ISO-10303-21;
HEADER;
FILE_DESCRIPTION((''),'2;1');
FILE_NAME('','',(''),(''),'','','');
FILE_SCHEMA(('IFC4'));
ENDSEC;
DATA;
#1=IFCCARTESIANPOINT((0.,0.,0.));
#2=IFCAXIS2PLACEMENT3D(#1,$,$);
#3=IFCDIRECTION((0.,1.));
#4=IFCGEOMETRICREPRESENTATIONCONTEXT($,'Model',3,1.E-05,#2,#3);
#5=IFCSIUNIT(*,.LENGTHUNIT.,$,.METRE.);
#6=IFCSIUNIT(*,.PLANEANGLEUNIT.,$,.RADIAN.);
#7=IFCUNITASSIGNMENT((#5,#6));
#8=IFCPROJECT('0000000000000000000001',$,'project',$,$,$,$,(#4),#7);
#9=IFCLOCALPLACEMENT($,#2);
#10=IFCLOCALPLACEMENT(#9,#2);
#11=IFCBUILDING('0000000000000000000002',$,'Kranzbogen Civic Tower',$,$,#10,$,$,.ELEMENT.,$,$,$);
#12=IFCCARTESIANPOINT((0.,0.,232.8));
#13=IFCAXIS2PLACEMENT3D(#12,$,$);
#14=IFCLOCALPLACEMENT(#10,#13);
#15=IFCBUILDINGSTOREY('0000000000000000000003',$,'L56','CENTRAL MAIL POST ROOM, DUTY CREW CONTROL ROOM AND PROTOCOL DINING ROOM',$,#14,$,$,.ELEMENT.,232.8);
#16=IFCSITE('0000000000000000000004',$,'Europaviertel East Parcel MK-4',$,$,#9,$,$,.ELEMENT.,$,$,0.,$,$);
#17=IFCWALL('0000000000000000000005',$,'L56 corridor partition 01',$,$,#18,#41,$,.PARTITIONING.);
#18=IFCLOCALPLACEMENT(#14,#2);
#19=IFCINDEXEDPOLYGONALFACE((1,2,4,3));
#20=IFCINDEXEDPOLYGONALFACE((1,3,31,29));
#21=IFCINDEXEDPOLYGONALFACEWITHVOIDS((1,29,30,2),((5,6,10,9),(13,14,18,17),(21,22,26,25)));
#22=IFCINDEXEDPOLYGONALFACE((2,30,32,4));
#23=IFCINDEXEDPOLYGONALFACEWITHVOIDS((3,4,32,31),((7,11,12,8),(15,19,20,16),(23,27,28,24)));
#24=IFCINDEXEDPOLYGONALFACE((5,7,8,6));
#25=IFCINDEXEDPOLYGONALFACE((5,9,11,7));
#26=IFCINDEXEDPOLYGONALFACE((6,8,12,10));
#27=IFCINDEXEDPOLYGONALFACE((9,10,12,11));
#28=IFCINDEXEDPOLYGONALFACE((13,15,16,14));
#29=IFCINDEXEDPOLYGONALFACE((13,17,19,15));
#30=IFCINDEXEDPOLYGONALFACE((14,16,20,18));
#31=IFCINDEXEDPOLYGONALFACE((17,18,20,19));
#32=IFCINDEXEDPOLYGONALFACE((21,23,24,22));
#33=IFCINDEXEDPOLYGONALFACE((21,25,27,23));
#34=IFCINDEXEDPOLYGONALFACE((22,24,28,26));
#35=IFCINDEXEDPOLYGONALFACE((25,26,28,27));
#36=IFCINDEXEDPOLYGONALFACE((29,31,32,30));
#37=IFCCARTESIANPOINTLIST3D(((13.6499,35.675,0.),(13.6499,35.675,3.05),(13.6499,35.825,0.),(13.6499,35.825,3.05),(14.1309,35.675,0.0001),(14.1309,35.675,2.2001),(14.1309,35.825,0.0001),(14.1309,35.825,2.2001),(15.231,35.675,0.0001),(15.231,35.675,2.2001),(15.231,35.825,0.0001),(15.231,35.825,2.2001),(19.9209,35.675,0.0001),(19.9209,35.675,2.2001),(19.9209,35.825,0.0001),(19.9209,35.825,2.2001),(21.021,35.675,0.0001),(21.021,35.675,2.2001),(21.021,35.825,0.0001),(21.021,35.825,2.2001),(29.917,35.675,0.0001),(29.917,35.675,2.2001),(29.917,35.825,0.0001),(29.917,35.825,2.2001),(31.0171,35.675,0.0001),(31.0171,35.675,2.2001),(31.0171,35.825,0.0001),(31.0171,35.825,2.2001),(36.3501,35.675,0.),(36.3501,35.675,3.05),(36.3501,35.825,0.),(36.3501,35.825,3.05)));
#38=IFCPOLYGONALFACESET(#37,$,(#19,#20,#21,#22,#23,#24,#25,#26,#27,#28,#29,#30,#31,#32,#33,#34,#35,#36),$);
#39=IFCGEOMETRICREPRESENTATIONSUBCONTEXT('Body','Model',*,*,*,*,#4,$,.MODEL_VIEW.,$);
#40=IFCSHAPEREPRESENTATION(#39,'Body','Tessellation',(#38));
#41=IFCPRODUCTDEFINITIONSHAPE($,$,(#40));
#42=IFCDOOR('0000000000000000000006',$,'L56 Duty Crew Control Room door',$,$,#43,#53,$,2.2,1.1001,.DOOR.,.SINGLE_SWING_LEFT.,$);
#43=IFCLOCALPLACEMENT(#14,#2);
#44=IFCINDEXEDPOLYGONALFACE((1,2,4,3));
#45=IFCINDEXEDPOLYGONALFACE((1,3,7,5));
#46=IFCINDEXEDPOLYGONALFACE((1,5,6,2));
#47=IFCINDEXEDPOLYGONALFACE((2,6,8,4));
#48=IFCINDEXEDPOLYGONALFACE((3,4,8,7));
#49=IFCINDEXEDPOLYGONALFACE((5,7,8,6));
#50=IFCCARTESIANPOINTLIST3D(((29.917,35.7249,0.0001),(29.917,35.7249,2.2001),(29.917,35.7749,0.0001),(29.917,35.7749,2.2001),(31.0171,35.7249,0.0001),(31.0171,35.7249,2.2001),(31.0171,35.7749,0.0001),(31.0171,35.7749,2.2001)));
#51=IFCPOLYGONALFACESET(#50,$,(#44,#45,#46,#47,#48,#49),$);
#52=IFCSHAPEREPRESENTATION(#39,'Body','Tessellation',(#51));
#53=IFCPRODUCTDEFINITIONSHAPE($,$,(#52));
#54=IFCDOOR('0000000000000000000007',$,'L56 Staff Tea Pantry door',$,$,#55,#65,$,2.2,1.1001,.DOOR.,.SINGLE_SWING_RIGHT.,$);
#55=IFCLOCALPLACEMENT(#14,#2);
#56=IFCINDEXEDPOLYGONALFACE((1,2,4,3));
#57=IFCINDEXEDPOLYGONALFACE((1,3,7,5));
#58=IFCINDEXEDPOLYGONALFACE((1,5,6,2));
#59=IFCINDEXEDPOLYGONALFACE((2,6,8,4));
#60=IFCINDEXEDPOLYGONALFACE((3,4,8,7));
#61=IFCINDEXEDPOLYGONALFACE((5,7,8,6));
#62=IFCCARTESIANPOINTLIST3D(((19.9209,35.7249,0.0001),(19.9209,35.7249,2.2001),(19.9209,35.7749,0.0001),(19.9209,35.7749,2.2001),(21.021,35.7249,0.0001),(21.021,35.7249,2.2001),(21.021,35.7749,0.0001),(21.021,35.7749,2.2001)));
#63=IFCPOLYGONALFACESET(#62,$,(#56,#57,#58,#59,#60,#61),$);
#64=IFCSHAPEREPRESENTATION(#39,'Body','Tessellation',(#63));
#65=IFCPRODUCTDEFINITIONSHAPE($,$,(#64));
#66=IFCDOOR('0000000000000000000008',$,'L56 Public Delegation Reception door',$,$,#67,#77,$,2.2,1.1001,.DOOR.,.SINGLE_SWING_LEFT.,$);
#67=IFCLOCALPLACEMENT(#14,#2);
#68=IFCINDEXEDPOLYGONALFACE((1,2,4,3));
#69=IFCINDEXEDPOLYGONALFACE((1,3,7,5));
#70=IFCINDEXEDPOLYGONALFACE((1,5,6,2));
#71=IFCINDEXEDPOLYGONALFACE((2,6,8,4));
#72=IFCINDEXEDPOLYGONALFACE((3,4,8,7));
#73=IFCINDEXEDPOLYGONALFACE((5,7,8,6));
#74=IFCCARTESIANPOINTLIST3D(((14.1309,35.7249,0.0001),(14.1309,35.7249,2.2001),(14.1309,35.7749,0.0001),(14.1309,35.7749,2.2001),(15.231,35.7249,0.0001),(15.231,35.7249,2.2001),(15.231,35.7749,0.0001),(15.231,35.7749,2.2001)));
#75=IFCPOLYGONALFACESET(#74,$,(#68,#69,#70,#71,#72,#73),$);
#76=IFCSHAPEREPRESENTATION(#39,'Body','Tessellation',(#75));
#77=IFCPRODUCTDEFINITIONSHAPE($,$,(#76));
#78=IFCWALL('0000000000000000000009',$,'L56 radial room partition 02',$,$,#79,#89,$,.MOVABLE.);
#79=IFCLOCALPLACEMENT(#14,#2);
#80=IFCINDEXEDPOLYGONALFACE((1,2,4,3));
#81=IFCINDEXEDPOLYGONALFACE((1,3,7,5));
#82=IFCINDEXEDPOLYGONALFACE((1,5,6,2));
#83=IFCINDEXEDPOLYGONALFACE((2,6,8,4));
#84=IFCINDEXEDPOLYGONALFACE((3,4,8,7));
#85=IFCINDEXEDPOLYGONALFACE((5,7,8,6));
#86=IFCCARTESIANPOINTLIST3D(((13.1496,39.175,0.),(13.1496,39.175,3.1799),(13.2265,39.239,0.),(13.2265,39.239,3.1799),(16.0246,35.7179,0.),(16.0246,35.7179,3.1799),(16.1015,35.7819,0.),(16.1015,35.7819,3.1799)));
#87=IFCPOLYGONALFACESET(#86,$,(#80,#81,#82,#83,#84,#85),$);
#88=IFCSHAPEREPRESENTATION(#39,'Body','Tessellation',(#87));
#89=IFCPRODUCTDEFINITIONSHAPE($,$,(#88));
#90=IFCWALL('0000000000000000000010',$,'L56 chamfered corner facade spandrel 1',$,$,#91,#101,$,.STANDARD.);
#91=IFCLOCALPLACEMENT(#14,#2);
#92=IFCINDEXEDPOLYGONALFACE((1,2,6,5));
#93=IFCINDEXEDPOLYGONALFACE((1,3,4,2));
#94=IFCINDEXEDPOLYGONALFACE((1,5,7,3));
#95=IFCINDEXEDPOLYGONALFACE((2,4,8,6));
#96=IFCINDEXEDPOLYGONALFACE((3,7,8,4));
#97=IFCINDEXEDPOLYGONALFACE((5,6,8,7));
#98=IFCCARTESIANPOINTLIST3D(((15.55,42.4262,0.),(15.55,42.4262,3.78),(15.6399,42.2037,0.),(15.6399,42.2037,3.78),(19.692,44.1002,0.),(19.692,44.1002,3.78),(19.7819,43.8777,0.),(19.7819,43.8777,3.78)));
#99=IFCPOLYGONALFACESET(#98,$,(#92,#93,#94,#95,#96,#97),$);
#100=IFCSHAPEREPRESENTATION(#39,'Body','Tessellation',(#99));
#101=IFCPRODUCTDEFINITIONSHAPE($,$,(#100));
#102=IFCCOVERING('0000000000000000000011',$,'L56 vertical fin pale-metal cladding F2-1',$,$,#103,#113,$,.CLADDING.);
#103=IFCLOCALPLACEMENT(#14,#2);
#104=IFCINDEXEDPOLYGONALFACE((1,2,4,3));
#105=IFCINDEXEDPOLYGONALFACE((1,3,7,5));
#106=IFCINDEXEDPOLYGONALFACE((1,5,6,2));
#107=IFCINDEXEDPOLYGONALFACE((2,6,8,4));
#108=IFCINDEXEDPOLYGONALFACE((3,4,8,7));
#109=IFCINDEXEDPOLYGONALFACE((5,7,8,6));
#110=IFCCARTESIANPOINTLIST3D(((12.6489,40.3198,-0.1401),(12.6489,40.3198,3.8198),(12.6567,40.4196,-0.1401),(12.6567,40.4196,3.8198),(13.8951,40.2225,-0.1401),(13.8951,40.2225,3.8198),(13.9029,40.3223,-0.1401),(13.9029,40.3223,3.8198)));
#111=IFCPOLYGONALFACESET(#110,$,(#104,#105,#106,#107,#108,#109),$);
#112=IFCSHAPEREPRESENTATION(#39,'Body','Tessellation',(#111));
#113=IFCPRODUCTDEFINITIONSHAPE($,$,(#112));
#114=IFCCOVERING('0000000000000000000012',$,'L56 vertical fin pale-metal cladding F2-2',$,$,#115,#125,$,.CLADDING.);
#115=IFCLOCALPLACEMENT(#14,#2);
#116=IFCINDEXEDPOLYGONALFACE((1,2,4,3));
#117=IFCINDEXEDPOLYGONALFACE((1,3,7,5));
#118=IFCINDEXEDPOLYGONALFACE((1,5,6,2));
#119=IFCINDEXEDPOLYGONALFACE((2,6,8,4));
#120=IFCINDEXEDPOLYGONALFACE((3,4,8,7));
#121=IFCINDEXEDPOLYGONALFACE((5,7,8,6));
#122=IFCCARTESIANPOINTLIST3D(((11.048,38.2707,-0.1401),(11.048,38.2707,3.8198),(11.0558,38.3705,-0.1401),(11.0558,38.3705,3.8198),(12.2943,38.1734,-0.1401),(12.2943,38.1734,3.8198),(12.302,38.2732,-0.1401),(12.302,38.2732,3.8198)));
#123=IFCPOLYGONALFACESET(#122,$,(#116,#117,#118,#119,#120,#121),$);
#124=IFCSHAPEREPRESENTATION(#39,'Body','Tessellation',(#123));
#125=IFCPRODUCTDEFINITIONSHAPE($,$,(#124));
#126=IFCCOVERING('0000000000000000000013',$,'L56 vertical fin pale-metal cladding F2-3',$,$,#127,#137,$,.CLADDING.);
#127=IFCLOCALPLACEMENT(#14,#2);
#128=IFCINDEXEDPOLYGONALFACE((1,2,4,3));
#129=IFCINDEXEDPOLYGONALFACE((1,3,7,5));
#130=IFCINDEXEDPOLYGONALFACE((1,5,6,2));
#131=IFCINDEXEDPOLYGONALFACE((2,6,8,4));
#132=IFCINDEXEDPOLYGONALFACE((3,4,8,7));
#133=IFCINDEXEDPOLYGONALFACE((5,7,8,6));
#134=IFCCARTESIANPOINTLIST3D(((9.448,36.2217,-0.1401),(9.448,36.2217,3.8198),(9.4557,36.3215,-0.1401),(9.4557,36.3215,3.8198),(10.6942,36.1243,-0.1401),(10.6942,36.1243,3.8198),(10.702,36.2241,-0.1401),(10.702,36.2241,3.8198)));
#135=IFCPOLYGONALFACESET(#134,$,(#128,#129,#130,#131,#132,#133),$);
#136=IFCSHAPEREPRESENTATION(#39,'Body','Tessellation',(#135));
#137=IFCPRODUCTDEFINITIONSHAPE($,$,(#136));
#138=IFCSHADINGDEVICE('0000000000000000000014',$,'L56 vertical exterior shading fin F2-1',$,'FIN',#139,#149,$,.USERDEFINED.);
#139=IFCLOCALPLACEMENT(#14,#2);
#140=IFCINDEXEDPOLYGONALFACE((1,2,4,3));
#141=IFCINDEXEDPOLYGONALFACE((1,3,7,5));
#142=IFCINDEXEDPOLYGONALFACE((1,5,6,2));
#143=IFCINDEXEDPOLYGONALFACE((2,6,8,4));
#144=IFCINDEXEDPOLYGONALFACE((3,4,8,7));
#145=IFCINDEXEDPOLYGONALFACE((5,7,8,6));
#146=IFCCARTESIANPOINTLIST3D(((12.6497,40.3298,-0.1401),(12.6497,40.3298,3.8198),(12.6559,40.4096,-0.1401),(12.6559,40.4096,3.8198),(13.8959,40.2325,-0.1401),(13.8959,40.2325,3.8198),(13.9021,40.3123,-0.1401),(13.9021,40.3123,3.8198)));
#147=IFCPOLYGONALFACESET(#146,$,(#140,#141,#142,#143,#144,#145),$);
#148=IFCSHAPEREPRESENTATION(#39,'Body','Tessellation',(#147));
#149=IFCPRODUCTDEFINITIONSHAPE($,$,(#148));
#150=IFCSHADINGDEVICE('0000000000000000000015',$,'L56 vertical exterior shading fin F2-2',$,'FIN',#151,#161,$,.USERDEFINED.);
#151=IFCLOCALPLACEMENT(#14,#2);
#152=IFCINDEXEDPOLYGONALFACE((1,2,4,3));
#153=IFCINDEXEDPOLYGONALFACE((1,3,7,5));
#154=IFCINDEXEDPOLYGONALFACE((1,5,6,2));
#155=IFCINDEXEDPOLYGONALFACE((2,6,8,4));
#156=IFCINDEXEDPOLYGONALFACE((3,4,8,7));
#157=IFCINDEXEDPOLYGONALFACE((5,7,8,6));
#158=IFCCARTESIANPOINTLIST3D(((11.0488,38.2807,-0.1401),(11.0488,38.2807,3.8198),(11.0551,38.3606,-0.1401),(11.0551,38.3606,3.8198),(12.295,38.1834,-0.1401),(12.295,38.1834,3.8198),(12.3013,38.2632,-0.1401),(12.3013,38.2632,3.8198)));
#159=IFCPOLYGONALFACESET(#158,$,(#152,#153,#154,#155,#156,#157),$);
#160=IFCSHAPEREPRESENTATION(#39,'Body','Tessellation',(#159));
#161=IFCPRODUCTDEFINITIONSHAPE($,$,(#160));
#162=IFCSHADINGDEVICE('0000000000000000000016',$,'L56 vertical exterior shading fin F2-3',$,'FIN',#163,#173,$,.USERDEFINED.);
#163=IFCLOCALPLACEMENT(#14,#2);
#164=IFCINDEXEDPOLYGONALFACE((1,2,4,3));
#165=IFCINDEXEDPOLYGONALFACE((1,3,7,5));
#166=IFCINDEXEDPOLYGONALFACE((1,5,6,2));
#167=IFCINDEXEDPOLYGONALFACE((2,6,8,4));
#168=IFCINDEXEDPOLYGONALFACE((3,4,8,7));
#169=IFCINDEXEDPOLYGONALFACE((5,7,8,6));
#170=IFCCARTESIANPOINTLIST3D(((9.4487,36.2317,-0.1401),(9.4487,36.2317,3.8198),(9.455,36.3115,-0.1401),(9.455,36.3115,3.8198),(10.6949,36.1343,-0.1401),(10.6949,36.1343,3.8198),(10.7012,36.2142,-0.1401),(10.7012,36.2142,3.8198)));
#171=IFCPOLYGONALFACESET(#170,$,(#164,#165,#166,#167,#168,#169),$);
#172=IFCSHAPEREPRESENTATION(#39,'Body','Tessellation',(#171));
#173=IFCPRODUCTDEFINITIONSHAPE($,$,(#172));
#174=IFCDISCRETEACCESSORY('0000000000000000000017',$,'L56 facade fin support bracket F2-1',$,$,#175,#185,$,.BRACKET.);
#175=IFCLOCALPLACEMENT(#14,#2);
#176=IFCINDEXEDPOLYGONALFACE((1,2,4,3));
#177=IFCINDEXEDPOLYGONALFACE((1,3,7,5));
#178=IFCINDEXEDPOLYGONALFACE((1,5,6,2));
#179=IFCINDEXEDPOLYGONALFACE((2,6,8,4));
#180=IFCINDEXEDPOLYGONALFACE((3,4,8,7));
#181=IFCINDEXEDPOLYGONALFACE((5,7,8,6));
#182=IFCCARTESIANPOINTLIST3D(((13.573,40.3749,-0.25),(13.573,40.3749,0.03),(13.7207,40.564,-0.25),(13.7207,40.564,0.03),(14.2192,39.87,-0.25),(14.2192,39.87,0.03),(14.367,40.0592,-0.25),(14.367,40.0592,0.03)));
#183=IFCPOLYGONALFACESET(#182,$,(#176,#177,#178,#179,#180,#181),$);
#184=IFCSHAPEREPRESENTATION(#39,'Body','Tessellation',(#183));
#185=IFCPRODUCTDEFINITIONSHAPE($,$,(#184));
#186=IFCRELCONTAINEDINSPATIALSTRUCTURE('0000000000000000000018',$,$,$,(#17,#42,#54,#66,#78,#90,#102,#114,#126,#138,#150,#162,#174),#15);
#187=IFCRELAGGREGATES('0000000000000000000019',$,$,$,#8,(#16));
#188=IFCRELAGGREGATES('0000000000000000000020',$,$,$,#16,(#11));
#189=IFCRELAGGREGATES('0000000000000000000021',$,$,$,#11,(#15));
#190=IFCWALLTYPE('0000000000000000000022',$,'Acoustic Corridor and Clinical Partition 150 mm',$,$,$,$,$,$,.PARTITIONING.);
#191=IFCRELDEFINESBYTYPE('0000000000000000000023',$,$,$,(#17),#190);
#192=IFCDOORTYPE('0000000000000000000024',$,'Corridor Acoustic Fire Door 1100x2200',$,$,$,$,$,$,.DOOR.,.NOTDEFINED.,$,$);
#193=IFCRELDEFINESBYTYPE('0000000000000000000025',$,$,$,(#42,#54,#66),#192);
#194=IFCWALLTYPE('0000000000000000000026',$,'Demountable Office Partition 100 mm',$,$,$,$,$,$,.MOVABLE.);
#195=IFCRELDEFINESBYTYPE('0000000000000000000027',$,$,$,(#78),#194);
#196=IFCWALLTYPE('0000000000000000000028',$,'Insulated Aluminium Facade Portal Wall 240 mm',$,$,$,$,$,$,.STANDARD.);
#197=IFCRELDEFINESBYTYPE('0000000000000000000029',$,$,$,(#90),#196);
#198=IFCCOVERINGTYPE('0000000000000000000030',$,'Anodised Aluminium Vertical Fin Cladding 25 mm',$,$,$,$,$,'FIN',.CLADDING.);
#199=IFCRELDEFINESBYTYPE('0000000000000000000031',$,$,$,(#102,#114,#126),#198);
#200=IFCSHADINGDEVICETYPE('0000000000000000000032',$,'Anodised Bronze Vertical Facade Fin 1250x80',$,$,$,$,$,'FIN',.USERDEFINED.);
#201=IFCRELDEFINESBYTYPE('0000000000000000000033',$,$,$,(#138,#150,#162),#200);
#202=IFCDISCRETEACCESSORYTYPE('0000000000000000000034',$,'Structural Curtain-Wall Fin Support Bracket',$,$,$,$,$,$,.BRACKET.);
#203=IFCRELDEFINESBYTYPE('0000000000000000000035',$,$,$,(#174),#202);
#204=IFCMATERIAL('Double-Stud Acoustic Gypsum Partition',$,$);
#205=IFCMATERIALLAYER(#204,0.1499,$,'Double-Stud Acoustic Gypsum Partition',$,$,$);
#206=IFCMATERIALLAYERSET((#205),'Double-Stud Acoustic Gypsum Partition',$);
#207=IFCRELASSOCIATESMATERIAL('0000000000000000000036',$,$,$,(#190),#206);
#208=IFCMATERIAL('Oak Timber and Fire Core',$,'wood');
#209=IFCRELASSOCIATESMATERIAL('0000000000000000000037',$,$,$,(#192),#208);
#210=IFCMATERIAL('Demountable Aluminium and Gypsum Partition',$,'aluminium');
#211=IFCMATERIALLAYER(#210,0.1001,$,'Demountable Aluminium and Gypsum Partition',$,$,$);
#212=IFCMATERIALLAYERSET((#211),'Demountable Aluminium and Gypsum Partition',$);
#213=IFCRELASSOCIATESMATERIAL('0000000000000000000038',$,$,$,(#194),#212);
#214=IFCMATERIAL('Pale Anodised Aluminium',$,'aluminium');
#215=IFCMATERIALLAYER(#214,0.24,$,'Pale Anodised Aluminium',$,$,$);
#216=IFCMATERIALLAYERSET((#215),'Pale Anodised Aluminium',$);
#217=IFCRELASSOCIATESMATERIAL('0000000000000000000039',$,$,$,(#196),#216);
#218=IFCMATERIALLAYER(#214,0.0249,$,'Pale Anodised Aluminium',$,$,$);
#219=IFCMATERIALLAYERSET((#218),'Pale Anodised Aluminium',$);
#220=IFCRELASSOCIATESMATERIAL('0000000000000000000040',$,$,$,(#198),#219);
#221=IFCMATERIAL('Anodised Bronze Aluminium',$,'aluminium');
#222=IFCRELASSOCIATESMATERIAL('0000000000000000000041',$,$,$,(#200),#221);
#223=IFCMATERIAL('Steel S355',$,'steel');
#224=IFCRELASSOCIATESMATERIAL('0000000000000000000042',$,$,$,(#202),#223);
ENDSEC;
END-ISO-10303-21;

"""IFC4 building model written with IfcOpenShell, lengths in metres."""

from ifc_helpers import new_model, si_unit, direction, frame, frame_2d, origin, origin_2d, place, context, subcontext, project, spatial, rectangle, extrude, material, layer, layer_set, type_object, element, fill, save


model = new_model("IFC4")

# Units and contexts
model_context = context("Model", 3, precision=1e-05, world=origin(), true_north=direction((0.0, 1.0)))
body_context = subcontext(model_context, "Body", "Model", "MODEL_VIEW")
ifc_project = project(units=[si_unit("LENGTHUNIT", "METRE"), si_unit("PLANEANGLEUNIT", "RADIAN")], contexts=[model_context])

# Site, building, storey
site_placement = place(None, origin())
site = spatial("IfcSite", under=ifc_project, at=site_placement, Name="Europaviertel East Parcel MK-4", CompositionType="ELEMENT", RefElevation=0.0)
building_placement = place(site_placement, origin())
building = spatial("IfcBuilding", under=site, at=building_placement, Name="Kranzbogen Civic Tower", CompositionType="ELEMENT")
storey_placement = place(building_placement, frame((0.0, 0.0, 232.8)))
storey = spatial("IfcBuildingStorey", under=building, at=storey_placement, Name="L56", Description="CENTRAL MAIL POST ROOM, DUTY CREW CONTROL ROOM AND PROTOCOL DINING ROOM", CompositionType="ELEMENT", Elevation=232.8)

# Shared definitions
ifc_material_1 = material(Name="Steel S355", Category="steel")

# Shared definitions
ifc_material_2 = material(Name="Pale Anodised Aluminium", Category="aluminium")

# Wall, openings, doors
ifc_material_3 = material(Name="Double-Stud Acoustic Gypsum Partition")
ifc_layer_1 = layer(ifc_material_3, 0.1499, Name="Double-Stud Acoustic Gypsum Partition")
ifc_layer_set_1 = layer_set([ifc_layer_1], Name="Double-Stud Acoustic Gypsum Partition")
wall_type_1 = type_object("IfcWallType", Name="Acoustic Corridor and Clinical Partition 150 mm", PredefinedType="PARTITIONING", material=ifc_layer_set_1)
wall_1_placement = place(storey_placement, frame((13.6499, 35.75, 0.0), z_axis=(0.0, 0.0, 1.0), x_axis=(1.0, 0.0, 0.0)))
wall_1 = element("IfcWall", 1, at=wall_1_placement, inside=storey, type_object=wall_type_1, Name="L56 corridor partition 01", PredefinedType="PARTITIONING", context=body_context, shape_type="SweptSolid", body=[
    extrude(rectangle(XDim=22.7002, YDim=0.1499, at=frame_2d((11.3501, 0.0))), origin(), (0.0, 0.0, 1.0), 3.05),
])
opening_1_placement = place(wall_1_placement, frame((16.2671, 0.0, 0.0)))
opening_1 = element("IfcOpeningElement", 2, at=opening_1_placement, cuts=wall_1, PredefinedType="OPENING", context=body_context, shape_type="SweptSolid", body=[
    extrude(rectangle(XDim=1.1001, YDim=2.2, at=frame_2d((0.55, 1.1001))), frame((0.0, 0.085, 0.0), z_axis=(0.0, -1.0, 0.0), x_axis=(1.0, 0.0, 0.0)), (0.0, 0.0, 1.0), 0.1699),
])
opening_2_placement = place(wall_1_placement, frame((6.271, 0.0, 0.0)))
opening_2 = element("IfcOpeningElement", 3, at=opening_2_placement, cuts=wall_1, PredefinedType="OPENING", context=body_context, shape_type="SweptSolid", body=[
    extrude(rectangle(XDim=1.1001, YDim=2.2, at=frame_2d((0.55, 1.1001))), frame((0.0, 0.085, 0.0), z_axis=(0.0, -1.0, 0.0), x_axis=(1.0, 0.0, 0.0)), (0.0, 0.0, 1.0), 0.1699),
])
opening_3_placement = place(wall_1_placement, frame((0.481, 0.0, 0.0)))
opening_3 = element("IfcOpeningElement", 4, at=opening_3_placement, cuts=wall_1, PredefinedType="OPENING", context=body_context, shape_type="SweptSolid", body=[
    extrude(rectangle(XDim=1.1001, YDim=2.2, at=frame_2d((0.55, 1.1001))), frame((0.0, 0.085, 0.0), z_axis=(0.0, -1.0, 0.0), x_axis=(1.0, 0.0, 0.0)), (0.0, 0.0, 1.0), 0.1699),
])
ifc_material_4 = material(Name="Oak Timber and Fire Core", Category="wood")
door_type = type_object("IfcDoorType", Name="Corridor Acoustic Fire Door 1100x2200", OperationType="NOTDEFINED", PredefinedType="DOOR", material=ifc_material_4)
door_1_placement = place(opening_1_placement, origin())
door_1 = element("IfcDoor", 5, at=door_1_placement, inside=storey, type_object=door_type, Name="L56 Duty Crew Control Room door", OperationType="SINGLE_SWING_LEFT", OverallHeight=2.2, OverallWidth=1.1001, PredefinedType="DOOR", context=body_context, shape_type="SweptSolid", body=[
    extrude(rectangle(XDim=1.1001, YDim=2.2, at=frame_2d((0.55, 1.1001))), frame((0.0, 0.0249, 0.0), z_axis=(0.0, -1.0, 0.0), x_axis=(1.0, 0.0, 0.0)), (0.0, 0.0, 1.0), 0.05),
])
fill(opening_1, door_1)
door_2_placement = place(opening_2_placement, origin())
door_2 = element("IfcDoor", 6, at=door_2_placement, inside=storey, type_object=door_type, Name="L56 Staff Tea Pantry door", OperationType="SINGLE_SWING_RIGHT", OverallHeight=2.2, OverallWidth=1.1001, PredefinedType="DOOR", context=body_context, shape_type="SweptSolid", body=[
    extrude(rectangle(XDim=1.1001, YDim=2.2, at=frame_2d((0.55, 1.1001))), frame((0.0, 0.0249, 0.0), z_axis=(0.0, -1.0, 0.0), x_axis=(1.0, 0.0, 0.0)), (0.0, 0.0, 1.0), 0.05),
])
fill(opening_2, door_2)
door_3_placement = place(opening_3_placement, origin())
door_3 = element("IfcDoor", 7, at=door_3_placement, inside=storey, type_object=door_type, Name="L56 Public Delegation Reception door", OperationType="SINGLE_SWING_LEFT", OverallHeight=2.2, OverallWidth=1.1001, PredefinedType="DOOR", context=body_context, shape_type="SweptSolid", body=[
    extrude(rectangle(XDim=1.1001, YDim=2.2, at=frame_2d((0.55, 1.1001))), frame((0.0, 0.0249, 0.0), z_axis=(0.0, -1.0, 0.0), x_axis=(1.0, 0.0, 0.0)), (0.0, 0.0, 1.0), 0.05),
])
fill(opening_3, door_3)

# Walls
ifc_material_5 = material(Name="Demountable Aluminium and Gypsum Partition", Category="aluminium")
ifc_layer_2 = layer(ifc_material_5, 0.1001, Name="Demountable Aluminium and Gypsum Partition")
ifc_layer_set_2 = layer_set([ifc_layer_2], Name="Demountable Aluminium and Gypsum Partition")
wall_type_2 = type_object("IfcWallType", Name="Demountable Office Partition 100 mm", PredefinedType="MOVABLE", material=ifc_layer_set_2)
wall_2_placement = place(storey_placement, frame((16.063, 35.75, 0.0), z_axis=(0.0, 0.0, 1.0), x_axis=(-0.639415, 0.768862, 0.0)))
element("IfcWall", 8, at=wall_2_placement, inside=storey, type_object=wall_type_2, Name="L56 radial room partition 02", PredefinedType="MOVABLE", context=body_context, shape_type="SweptSolid", body=[
    extrude(rectangle(XDim=4.4963, YDim=0.1001, at=frame_2d((2.248, 0.0))), origin(), (0.0, 0.0, 1.0), 3.1799),
])
ifc_layer_3 = layer(ifc_material_2, 0.24, Name="Pale Anodised Aluminium")
ifc_layer_set_3 = layer_set([ifc_layer_3], Name="Pale Anodised Aluminium")
wall_type_3 = type_object("IfcWallType", Name="Insulated Aluminium Facade Portal Wall 240 mm", PredefinedType="STANDARD", material=ifc_layer_set_3)
wall_3_placement = place(storey_placement, frame((19.7371, 43.989, 0.0), z_axis=(0.0, 0.0, 1.0), x_axis=(-0.92714, -0.374714, 0.0)))
element("IfcWall", 9, at=wall_3_placement, inside=storey, type_object=wall_type_3, Name="L56 chamfered corner facade spandrel 1", PredefinedType="STANDARD", context=body_context, shape_type="SweptSolid", body=[
    extrude(rectangle(XDim=4.4675, YDim=0.24, at=frame_2d((2.2339, 0.0))), origin(), (0.0, 0.0, 1.0), 3.78),
])

# Coverings
ifc_layer_4 = layer(ifc_material_2, 0.0249, Name="Pale Anodised Aluminium")
ifc_layer_set_4 = layer_set([ifc_layer_4], Name="Pale Anodised Aluminium")
covering_type = type_object("IfcCoveringType", Name="Anodised Aluminium Vertical Fin Cladding 25 mm", ElementType="FIN", PredefinedType="CLADDING", material=ifc_layer_set_4)
for number, where, z_axis, x_axis, name in (
    (10, (13.2759, 40.321, -0.1401), (0.0, 0.0, 1.0), (-0.996964, 0.077867, 0.0), "L56 vertical fin pale-metal cladding F2-1"),
    (11, (11.675, 38.272, -0.1401), (0.0, 0.0, 1.0), (-0.996964, 0.077867, 0.0), "L56 vertical fin pale-metal cladding F2-2"),
    (12, (10.075, 36.2229, -0.1401), (0.0, 0.0, 1.0), (-0.996964, 0.077867, 0.0), "L56 vertical fin pale-metal cladding F2-3"),
):
    element("IfcCovering", number, at=place(storey_placement, frame(where, z_axis=z_axis, x_axis=x_axis)), inside=storey, type_object=covering_type, Name=name, PredefinedType="CLADDING", context=body_context, shape_type="SweptSolid", body=[
        extrude(rectangle(XDim=1.25, YDim=0.1001, at=origin_2d()), origin(), (0.0, 0.0, 1.0), 3.96),
    ])

# Shading devices
ifc_material_6 = material(Name="Anodised Bronze Aluminium", Category="aluminium")
shading_device_type = type_object("IfcShadingDeviceType", Name="Anodised Bronze Vertical Facade Fin 1250x80", ElementType="FIN", PredefinedType="USERDEFINED", material=ifc_material_6)
for number, where, z_axis, x_axis, name in (
    (13, (13.2759, 40.321, -0.1401), (0.0, 0.0, 1.0), (-0.996964, 0.077867, 0.0), "L56 vertical exterior shading fin F2-1"),
    (14, (11.675, 38.272, -0.1401), (0.0, 0.0, 1.0), (-0.996964, 0.077867, 0.0), "L56 vertical exterior shading fin F2-2"),
    (15, (10.075, 36.2229, -0.1401), (0.0, 0.0, 1.0), (-0.996964, 0.077867, 0.0), "L56 vertical exterior shading fin F2-3"),
):
    element("IfcShadingDevice", number, at=place(storey_placement, frame(where, z_axis=z_axis, x_axis=x_axis)), inside=storey, type_object=shading_device_type, Name=name, ObjectType="FIN", PredefinedType="USERDEFINED", context=body_context, shape_type="SweptSolid", body=[
        extrude(rectangle(XDim=1.25, YDim=0.0801, at=origin_2d()), origin(), (0.0, 0.0, 1.0), 3.96),
    ])

# Discrete accessory
discrete_accessory_type = type_object("IfcDiscreteAccessoryType", Name="Structural Curtain-Wall Fin Support Bracket", PredefinedType="BRACKET", material=ifc_material_1)
for number, where, z_axis, x_axis, name in (
    (16, (13.97, 40.217, -0.25), (0.0, 0.0, 1.0), (-0.788011, 0.615661, 0.0), "L56 facade fin support bracket F2-1"),
):
    element("IfcDiscreteAccessory", number, at=place(storey_placement, frame(where, z_axis=z_axis, x_axis=x_axis)), inside=storey, type_object=discrete_accessory_type, Name=name, PredefinedType="BRACKET", context=body_context, shape_type="SweptSolid", body=[
        extrude(rectangle(XDim=0.8201, YDim=0.24, at=origin_2d()), origin(), (0.0, 0.0, 1.0), 0.28),
    ])

save(model, "model.ifc")
